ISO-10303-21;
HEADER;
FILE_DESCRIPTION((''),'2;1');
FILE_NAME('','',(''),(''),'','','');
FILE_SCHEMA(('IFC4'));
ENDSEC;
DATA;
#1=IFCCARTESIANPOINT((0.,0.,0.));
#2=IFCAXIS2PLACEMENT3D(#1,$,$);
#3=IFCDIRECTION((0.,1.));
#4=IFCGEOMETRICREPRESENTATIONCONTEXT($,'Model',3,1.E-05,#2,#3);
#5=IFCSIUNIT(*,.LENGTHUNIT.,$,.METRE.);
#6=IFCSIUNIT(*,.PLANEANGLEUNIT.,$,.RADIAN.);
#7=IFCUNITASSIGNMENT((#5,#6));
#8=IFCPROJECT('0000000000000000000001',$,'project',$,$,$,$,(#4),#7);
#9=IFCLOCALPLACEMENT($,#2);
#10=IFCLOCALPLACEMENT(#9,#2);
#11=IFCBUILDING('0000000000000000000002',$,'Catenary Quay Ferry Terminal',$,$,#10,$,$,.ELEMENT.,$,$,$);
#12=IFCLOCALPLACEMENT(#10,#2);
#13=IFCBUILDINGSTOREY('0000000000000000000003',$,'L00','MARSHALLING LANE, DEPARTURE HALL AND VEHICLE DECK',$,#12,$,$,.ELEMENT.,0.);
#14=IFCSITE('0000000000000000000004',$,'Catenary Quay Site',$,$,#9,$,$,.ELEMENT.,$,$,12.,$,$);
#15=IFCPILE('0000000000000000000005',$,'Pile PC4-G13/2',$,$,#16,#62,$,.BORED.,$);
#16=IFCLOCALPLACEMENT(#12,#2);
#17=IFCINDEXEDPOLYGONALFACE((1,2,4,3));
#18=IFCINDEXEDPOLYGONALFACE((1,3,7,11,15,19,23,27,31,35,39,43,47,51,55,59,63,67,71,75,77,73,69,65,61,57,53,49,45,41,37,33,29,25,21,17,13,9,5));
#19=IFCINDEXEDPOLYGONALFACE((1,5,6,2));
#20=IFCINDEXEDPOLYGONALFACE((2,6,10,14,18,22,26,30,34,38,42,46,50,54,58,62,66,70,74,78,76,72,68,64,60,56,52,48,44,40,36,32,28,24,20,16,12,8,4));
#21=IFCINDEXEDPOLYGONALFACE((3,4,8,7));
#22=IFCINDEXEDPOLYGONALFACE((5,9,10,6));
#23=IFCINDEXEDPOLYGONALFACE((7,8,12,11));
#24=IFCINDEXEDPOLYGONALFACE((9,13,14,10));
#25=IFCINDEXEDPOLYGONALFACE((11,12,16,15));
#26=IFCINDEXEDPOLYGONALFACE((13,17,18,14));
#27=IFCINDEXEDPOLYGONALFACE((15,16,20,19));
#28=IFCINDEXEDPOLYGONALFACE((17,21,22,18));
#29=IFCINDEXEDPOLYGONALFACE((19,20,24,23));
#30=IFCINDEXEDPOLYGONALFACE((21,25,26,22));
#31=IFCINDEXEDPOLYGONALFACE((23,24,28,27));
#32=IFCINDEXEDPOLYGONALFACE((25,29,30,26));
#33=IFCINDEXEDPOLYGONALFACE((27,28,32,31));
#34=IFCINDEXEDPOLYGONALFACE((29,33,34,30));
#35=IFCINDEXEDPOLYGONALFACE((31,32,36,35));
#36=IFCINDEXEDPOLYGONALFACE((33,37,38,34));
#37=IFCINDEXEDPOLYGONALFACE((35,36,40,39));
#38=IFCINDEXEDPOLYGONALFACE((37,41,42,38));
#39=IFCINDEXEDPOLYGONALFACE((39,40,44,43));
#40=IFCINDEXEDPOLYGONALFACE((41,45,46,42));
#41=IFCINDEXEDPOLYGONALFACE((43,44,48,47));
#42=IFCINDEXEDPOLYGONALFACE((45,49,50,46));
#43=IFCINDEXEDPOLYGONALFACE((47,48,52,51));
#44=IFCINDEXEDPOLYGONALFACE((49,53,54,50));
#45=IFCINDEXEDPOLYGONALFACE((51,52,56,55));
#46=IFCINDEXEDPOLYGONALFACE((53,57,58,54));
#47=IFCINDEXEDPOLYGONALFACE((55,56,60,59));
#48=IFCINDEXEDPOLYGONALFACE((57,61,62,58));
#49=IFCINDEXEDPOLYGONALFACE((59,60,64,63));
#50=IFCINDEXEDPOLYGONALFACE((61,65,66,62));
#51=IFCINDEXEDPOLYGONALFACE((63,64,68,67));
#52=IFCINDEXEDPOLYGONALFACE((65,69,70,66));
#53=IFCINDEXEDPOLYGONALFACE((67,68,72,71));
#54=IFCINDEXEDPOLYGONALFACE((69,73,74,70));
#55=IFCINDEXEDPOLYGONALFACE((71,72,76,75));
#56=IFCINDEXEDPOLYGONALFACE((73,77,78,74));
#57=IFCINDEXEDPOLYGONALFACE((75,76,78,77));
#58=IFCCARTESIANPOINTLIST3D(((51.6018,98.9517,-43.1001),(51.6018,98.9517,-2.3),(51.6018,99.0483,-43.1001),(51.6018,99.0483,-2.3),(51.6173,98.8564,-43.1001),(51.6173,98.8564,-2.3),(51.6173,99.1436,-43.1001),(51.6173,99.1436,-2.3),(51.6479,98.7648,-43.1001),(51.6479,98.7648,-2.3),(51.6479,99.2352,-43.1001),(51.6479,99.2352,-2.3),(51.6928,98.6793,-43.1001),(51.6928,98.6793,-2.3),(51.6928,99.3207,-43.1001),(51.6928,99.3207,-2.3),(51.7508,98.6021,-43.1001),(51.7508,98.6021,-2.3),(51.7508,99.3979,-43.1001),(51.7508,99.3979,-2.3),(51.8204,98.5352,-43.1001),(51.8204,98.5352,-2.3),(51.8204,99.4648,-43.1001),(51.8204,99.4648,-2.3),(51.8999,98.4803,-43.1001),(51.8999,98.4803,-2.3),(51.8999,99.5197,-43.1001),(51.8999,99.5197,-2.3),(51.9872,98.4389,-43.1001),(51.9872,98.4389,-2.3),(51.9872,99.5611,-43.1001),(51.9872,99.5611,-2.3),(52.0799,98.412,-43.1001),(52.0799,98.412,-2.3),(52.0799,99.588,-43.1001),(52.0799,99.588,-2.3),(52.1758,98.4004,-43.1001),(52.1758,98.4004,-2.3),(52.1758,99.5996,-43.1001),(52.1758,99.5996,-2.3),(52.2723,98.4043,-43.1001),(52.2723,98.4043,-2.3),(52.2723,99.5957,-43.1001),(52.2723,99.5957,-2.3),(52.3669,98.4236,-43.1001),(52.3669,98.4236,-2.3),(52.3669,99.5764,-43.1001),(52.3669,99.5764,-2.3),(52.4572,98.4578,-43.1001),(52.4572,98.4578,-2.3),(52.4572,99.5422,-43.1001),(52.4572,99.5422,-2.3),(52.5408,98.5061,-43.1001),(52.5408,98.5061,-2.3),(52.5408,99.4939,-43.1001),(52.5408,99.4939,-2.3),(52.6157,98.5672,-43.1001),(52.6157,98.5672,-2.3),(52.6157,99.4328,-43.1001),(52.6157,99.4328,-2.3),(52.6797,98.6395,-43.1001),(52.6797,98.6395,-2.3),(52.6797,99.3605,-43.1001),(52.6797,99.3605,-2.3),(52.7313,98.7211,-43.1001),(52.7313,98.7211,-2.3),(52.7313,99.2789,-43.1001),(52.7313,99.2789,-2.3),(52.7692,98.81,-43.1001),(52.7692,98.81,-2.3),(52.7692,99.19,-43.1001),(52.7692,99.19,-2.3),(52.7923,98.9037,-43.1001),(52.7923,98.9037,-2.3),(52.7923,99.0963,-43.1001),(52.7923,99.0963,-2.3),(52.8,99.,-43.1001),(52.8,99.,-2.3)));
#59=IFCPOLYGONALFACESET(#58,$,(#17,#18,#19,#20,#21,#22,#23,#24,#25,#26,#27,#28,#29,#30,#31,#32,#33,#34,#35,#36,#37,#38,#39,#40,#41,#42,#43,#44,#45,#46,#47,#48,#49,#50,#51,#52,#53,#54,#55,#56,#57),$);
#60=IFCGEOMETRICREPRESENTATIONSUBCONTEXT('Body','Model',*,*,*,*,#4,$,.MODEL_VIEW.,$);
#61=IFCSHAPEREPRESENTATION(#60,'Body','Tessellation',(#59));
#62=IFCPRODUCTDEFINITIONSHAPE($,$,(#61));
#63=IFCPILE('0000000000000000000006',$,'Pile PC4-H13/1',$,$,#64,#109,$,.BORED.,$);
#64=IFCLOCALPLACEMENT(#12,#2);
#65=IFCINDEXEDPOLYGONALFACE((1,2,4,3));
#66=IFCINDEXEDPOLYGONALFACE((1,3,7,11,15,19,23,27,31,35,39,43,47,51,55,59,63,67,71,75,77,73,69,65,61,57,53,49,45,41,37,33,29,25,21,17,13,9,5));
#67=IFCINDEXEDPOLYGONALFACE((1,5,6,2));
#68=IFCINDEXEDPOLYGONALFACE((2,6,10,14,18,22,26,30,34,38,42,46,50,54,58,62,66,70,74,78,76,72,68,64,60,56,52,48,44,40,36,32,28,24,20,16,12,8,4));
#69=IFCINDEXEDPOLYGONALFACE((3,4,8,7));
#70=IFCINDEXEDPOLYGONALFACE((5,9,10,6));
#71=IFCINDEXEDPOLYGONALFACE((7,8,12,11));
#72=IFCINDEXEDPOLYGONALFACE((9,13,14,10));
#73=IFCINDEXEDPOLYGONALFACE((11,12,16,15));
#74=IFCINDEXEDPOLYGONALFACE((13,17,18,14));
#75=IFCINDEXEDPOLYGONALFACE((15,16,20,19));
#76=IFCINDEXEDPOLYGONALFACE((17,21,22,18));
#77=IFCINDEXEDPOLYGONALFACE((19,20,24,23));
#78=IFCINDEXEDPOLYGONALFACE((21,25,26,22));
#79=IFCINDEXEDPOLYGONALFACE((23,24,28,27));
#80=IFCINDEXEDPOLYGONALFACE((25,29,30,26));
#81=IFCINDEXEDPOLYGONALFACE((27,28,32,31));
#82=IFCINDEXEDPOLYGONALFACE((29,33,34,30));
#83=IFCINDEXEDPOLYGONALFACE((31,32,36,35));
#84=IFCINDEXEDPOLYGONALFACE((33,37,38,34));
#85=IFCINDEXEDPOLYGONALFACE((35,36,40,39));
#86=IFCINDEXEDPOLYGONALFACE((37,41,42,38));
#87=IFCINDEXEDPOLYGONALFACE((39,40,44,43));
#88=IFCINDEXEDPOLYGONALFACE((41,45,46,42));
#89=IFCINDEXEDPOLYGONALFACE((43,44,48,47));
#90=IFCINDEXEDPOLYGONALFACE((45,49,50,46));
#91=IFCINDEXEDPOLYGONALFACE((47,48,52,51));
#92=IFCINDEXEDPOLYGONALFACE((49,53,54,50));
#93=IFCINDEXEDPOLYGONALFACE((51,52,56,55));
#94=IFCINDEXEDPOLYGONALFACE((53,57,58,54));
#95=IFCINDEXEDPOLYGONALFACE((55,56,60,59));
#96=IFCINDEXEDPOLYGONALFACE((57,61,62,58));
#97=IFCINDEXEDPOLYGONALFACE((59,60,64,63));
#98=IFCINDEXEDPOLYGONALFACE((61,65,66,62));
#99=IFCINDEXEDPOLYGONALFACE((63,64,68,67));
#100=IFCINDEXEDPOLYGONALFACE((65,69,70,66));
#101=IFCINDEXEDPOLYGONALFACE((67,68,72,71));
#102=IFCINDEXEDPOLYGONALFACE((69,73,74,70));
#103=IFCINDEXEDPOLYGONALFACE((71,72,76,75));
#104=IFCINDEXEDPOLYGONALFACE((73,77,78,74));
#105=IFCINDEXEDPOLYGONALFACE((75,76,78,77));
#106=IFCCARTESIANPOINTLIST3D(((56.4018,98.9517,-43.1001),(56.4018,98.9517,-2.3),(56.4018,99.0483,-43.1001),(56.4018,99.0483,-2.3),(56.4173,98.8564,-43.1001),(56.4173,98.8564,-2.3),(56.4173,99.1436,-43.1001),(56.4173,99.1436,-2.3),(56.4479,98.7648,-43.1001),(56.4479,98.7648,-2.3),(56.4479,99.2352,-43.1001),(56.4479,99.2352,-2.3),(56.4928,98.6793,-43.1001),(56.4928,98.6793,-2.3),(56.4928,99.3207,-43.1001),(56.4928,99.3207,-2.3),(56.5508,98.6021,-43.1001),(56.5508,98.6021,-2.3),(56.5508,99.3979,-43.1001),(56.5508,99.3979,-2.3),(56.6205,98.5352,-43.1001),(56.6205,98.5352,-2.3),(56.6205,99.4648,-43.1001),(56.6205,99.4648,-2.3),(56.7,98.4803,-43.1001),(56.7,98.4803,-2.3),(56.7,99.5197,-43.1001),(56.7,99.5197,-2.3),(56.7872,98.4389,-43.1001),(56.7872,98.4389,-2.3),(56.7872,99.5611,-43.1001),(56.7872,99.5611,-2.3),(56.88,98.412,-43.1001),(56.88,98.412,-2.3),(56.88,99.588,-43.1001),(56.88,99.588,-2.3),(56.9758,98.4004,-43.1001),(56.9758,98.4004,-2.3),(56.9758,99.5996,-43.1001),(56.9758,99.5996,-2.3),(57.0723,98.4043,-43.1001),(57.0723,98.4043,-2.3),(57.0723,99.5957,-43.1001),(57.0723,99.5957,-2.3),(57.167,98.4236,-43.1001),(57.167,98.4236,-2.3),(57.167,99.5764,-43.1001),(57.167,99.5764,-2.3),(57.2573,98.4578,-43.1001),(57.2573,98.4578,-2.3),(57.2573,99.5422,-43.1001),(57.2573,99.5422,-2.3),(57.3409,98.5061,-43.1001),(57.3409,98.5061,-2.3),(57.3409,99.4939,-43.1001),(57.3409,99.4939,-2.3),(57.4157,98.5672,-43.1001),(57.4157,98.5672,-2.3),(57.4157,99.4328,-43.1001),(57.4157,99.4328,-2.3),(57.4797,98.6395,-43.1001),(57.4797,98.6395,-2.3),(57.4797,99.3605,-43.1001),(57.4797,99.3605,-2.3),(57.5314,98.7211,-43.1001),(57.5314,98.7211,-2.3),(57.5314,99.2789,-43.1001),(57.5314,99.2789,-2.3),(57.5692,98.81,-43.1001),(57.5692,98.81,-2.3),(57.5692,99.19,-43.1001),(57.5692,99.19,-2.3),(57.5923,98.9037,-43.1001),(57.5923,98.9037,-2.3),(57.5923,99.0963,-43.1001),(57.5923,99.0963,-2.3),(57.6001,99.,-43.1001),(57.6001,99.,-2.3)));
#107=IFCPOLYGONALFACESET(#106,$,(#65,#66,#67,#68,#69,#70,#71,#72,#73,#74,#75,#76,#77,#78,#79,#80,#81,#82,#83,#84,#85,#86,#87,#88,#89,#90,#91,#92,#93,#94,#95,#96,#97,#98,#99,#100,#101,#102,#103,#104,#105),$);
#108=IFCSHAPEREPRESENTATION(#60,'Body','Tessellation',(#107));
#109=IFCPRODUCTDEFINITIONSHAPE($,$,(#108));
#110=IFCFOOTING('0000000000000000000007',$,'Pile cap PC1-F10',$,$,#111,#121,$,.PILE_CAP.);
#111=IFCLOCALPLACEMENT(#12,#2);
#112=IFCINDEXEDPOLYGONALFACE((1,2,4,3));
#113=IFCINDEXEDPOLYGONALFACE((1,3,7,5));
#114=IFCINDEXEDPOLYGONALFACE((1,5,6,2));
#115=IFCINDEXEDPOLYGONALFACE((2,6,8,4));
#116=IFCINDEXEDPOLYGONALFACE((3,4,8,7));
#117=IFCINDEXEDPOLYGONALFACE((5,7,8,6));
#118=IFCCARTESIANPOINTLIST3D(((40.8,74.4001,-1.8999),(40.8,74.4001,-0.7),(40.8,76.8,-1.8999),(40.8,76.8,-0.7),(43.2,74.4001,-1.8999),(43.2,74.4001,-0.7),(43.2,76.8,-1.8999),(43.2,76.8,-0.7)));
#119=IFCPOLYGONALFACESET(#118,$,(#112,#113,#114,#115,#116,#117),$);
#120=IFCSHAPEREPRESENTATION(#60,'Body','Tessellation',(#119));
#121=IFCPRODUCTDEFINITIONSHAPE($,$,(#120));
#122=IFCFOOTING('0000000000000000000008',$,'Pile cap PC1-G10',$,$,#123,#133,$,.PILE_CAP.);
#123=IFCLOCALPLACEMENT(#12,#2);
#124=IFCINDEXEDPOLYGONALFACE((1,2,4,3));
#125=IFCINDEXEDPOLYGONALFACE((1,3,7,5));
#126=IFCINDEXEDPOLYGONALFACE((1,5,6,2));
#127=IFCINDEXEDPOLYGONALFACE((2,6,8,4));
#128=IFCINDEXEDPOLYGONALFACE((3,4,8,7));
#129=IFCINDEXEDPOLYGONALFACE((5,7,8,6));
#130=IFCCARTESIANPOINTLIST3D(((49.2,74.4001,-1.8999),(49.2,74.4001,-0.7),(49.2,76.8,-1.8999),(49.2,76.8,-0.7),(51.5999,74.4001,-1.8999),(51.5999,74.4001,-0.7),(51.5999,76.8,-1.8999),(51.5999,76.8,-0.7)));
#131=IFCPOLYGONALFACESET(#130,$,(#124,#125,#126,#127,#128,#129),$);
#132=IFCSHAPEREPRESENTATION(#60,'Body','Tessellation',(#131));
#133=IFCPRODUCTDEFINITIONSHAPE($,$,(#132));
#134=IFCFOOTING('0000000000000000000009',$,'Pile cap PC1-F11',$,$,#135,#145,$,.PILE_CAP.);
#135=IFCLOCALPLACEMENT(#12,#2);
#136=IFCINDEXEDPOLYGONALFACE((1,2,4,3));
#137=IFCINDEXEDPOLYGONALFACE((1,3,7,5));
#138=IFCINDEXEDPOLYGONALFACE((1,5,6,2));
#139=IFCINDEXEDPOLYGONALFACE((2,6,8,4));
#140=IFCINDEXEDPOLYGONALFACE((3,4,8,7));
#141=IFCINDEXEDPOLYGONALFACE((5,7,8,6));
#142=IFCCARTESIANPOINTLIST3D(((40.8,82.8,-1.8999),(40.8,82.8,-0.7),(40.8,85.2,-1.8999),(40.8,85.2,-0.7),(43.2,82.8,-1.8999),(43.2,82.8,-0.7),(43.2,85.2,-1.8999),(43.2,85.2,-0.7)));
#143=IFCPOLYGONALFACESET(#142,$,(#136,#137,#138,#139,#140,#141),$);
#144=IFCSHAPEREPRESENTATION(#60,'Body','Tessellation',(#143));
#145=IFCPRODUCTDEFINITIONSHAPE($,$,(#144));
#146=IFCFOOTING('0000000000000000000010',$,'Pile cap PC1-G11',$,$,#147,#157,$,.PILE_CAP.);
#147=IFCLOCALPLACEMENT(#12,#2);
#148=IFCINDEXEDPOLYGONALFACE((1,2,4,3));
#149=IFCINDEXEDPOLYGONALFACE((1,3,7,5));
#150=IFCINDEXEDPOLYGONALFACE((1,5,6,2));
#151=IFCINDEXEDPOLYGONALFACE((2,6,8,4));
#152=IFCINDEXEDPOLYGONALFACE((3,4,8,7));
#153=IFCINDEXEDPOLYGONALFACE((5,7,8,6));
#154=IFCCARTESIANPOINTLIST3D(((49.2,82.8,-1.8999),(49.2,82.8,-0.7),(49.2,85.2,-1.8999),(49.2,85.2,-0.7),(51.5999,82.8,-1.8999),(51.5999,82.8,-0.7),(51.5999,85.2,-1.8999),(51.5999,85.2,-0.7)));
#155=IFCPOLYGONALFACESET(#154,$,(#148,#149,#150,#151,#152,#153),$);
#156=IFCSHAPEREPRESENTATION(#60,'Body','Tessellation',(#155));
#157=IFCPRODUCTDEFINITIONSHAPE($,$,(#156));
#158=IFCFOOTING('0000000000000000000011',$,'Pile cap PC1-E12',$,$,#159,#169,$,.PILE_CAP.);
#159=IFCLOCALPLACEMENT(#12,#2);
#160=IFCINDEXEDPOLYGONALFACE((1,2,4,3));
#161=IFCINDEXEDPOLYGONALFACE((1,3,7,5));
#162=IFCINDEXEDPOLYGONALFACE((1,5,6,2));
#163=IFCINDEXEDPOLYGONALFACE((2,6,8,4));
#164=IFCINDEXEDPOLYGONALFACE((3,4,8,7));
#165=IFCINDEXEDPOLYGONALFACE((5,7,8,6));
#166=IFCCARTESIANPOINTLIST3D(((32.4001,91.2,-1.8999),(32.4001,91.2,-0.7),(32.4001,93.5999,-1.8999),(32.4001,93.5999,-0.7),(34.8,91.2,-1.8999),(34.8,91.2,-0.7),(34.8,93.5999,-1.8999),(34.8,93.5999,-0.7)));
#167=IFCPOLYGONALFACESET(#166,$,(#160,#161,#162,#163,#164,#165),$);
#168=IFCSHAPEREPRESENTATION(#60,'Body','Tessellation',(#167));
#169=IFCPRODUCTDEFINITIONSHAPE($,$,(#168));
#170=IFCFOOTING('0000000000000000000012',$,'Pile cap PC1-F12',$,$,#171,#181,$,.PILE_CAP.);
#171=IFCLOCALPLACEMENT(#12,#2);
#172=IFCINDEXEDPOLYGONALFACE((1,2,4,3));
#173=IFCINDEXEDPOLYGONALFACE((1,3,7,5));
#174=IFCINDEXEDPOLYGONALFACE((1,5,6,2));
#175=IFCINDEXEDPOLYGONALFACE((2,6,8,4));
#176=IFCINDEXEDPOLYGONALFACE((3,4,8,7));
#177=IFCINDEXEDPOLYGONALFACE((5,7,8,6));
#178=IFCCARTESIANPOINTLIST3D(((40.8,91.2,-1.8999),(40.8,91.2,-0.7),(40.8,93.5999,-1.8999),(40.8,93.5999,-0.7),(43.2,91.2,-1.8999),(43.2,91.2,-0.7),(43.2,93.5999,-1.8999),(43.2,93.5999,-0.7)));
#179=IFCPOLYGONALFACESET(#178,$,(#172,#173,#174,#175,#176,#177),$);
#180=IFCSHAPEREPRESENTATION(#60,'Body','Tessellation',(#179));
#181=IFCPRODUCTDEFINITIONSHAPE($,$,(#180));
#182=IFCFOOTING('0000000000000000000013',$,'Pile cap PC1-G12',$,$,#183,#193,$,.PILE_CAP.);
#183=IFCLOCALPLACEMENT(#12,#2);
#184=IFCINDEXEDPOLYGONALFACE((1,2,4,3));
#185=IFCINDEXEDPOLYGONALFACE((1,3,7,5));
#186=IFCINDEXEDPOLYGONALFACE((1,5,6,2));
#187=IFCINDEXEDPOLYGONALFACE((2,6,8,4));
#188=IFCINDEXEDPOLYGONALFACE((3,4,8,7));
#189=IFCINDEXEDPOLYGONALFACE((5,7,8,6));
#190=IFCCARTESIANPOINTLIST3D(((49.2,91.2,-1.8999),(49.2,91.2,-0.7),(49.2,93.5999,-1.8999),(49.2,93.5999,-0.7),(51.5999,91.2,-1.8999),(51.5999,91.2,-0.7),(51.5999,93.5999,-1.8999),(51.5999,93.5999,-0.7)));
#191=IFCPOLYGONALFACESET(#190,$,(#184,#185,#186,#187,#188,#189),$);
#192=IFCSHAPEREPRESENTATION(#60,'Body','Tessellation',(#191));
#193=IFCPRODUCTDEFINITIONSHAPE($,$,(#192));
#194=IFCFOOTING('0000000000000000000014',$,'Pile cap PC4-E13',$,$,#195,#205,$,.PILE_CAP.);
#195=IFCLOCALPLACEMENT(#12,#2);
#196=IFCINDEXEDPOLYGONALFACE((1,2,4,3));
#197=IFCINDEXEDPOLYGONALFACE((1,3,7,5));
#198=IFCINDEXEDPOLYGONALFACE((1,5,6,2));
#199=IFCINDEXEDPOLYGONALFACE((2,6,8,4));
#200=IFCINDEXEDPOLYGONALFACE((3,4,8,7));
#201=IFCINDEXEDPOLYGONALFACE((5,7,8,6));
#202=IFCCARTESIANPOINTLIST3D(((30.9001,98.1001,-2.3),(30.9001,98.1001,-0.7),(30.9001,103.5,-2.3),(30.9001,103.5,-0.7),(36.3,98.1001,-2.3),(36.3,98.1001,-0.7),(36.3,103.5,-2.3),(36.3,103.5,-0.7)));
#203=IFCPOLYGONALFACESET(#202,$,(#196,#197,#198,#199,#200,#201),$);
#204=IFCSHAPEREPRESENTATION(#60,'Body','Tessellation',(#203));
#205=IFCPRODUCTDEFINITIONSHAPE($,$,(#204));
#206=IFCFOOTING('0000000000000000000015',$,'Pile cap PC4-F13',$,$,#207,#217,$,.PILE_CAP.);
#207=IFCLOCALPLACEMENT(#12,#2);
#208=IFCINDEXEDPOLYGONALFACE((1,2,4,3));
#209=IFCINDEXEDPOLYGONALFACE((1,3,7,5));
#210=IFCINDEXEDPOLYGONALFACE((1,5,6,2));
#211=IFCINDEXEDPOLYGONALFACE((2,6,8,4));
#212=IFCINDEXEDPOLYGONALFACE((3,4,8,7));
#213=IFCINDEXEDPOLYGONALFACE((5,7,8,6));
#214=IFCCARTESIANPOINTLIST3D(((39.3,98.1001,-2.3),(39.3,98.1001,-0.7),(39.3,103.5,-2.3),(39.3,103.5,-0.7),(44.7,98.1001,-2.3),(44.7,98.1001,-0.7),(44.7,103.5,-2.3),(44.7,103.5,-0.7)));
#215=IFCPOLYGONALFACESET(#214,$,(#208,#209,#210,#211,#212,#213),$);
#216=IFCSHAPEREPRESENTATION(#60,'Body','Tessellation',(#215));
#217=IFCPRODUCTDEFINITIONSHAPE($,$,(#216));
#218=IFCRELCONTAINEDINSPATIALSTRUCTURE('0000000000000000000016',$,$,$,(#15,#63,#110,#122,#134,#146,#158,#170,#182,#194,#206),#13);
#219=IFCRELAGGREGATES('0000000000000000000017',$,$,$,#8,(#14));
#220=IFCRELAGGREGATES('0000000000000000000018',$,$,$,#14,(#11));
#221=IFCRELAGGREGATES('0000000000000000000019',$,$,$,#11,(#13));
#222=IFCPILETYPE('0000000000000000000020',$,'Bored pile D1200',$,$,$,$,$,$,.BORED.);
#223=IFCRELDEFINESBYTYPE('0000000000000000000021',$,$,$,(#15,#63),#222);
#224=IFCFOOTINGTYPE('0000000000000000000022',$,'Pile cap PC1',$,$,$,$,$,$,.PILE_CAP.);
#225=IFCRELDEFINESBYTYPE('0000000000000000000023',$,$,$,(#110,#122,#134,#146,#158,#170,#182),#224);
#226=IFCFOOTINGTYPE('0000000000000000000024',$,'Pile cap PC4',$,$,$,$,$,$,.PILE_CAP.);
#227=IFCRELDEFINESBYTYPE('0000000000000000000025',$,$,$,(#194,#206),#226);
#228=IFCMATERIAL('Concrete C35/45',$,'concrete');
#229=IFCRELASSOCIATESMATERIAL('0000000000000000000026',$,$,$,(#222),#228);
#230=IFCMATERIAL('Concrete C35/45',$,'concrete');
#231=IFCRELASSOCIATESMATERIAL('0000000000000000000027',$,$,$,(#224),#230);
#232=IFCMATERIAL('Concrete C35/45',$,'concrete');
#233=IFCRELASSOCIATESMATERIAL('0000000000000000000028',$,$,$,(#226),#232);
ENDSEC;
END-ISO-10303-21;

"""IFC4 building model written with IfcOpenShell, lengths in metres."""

from ifc_helpers import new_model, si_unit, direction, frame, origin, origin_2d, place, context, subcontext, project, spatial, rectangle, circle, extrude, material, material_profile, profile_set, type_object, element, save


model = new_model("IFC4")

# Units and contexts
model_context = context("Model", 3, precision=1e-05, world=origin(), true_north=direction((0.0, 1.0)))
body_context = subcontext(model_context, "Body", "Model", "MODEL_VIEW")
ifc_project = project(units=[si_unit("LENGTHUNIT", "METRE"), si_unit("PLANEANGLEUNIT", "RADIAN")], contexts=[model_context])

# Site, building, storey
site_placement = place(None, origin())
site = spatial("IfcSite", under=ifc_project, at=site_placement, Name="Catenary Quay Site", CompositionType="ELEMENT", RefElevation=12.0)
building_placement = place(site_placement, origin())
building = spatial("IfcBuilding", under=site, at=building_placement, Name="Catenary Quay Ferry Terminal", CompositionType="ELEMENT")
storey_placement = place(building_placement, origin())
storey = spatial("IfcBuildingStorey", under=building, at=storey_placement, Name="L00", Description="MARSHALLING LANE, DEPARTURE HALL AND VEHICLE DECK", CompositionType="ELEMENT", Elevation=0.0)

# Piles
ifc_material_1 = material(Name="Concrete C35/45", Category="concrete")
ifc_material_profile = material_profile(ifc_material_1, circle(Radius=0.6001, at=origin_2d()), Name="D1200")
ifc_profile_set = profile_set([ifc_material_profile], Name="Concrete C35/45")
pile_type = type_object("IfcPileType", Name="Bored pile D1200", PredefinedType="BORED", material=ifc_profile_set)
for number, where, z_axis, x_axis, name in (
    (1, (52.2, 99.0, -2.3), (0.0, 0.0, -1.0), (1.0, 0.0, 0.0), "Pile PC4-G13/2"),
    (2, (57.0, 99.0, -2.3), (0.0, 0.0, -1.0), (1.0, 0.0, 0.0), "Pile PC4-H13/1"),
):
    element("IfcPile", number, at=place(storey_placement, frame(where, z_axis=z_axis, x_axis=x_axis)), inside=storey, type_object=pile_type, Name=name, PredefinedType="BORED", context=body_context, shape_type="SweptSolid", body=[
        extrude(circle(Radius=0.6001, at=origin_2d()), origin(), (0.0, 0.0, 1.0), 40.8),
    ])

# Footings
ifc_material_2 = material(Name="Concrete C35/45", Category="concrete")
footing_type_1 = type_object("IfcFootingType", Name="Pile cap PC1", PredefinedType="PILE_CAP", material=ifc_material_2)
for number, where, z_axis, x_axis, name in (
    (3, (42.0, 75.6001, -1.8999), (0.0, 0.0, 1.0), (1.0, 0.0, 0.0), "Pile cap PC1-F10"),
    (4, (50.3999, 75.6001, -1.8999), (0.0, 0.0, 1.0), (1.0, 0.0, 0.0), "Pile cap PC1-G10"),
    (5, (42.0, 84.0, -1.8999), (0.0, 0.0, 1.0), (1.0, 0.0, 0.0), "Pile cap PC1-F11"),
    (6, (50.3999, 84.0, -1.8999), (0.0, 0.0, 1.0), (1.0, 0.0, 0.0), "Pile cap PC1-G11"),
    (7, (33.6001, 92.3999, -1.8999), (0.0, 0.0, 1.0), (1.0, 0.0, 0.0), "Pile cap PC1-E12"),
    (8, (42.0, 92.3999, -1.8999), (0.0, 0.0, 1.0), (1.0, 0.0, 0.0), "Pile cap PC1-F12"),
    (9, (50.3999, 92.3999, -1.8999), (0.0, 0.0, 1.0), (1.0, 0.0, 0.0), "Pile cap PC1-G12"),
):
    element("IfcFooting", number, at=place(storey_placement, frame(where, z_axis=z_axis, x_axis=x_axis)), inside=storey, type_object=footing_type_1, Name=name, PredefinedType="PILE_CAP", context=body_context, shape_type="SweptSolid", body=[
        extrude(rectangle(XDim=2.3999, YDim=2.3999, at=origin_2d()), origin(), (0.0, 0.0, 1.0), 1.2),
    ])
ifc_material_3 = material(Name="Concrete C35/45", Category="concrete")
footing_type_2 = type_object("IfcFootingType", Name="Pile cap PC4", PredefinedType="PILE_CAP", material=ifc_material_3)
for number, where, z_axis, x_axis, name in (
    (10, (33.6001, 100.8, -2.3), (0.0, 0.0, 1.0), (1.0, 0.0, 0.0), "Pile cap PC4-E13"),
    (11, (42.0, 100.8, -2.3), (0.0, 0.0, 1.0), (1.0, 0.0, 0.0), "Pile cap PC4-F13"),
):
    element("IfcFooting", number, at=place(storey_placement, frame(where, z_axis=z_axis, x_axis=x_axis)), inside=storey, type_object=footing_type_2, Name=name, PredefinedType="PILE_CAP", context=body_context, shape_type="SweptSolid", body=[
        extrude(rectangle(XDim=5.3999, YDim=5.3999, at=origin_2d()), origin(), (0.0, 0.0, 1.0), 1.6001),
    ])

save(model, "model.ifc")
